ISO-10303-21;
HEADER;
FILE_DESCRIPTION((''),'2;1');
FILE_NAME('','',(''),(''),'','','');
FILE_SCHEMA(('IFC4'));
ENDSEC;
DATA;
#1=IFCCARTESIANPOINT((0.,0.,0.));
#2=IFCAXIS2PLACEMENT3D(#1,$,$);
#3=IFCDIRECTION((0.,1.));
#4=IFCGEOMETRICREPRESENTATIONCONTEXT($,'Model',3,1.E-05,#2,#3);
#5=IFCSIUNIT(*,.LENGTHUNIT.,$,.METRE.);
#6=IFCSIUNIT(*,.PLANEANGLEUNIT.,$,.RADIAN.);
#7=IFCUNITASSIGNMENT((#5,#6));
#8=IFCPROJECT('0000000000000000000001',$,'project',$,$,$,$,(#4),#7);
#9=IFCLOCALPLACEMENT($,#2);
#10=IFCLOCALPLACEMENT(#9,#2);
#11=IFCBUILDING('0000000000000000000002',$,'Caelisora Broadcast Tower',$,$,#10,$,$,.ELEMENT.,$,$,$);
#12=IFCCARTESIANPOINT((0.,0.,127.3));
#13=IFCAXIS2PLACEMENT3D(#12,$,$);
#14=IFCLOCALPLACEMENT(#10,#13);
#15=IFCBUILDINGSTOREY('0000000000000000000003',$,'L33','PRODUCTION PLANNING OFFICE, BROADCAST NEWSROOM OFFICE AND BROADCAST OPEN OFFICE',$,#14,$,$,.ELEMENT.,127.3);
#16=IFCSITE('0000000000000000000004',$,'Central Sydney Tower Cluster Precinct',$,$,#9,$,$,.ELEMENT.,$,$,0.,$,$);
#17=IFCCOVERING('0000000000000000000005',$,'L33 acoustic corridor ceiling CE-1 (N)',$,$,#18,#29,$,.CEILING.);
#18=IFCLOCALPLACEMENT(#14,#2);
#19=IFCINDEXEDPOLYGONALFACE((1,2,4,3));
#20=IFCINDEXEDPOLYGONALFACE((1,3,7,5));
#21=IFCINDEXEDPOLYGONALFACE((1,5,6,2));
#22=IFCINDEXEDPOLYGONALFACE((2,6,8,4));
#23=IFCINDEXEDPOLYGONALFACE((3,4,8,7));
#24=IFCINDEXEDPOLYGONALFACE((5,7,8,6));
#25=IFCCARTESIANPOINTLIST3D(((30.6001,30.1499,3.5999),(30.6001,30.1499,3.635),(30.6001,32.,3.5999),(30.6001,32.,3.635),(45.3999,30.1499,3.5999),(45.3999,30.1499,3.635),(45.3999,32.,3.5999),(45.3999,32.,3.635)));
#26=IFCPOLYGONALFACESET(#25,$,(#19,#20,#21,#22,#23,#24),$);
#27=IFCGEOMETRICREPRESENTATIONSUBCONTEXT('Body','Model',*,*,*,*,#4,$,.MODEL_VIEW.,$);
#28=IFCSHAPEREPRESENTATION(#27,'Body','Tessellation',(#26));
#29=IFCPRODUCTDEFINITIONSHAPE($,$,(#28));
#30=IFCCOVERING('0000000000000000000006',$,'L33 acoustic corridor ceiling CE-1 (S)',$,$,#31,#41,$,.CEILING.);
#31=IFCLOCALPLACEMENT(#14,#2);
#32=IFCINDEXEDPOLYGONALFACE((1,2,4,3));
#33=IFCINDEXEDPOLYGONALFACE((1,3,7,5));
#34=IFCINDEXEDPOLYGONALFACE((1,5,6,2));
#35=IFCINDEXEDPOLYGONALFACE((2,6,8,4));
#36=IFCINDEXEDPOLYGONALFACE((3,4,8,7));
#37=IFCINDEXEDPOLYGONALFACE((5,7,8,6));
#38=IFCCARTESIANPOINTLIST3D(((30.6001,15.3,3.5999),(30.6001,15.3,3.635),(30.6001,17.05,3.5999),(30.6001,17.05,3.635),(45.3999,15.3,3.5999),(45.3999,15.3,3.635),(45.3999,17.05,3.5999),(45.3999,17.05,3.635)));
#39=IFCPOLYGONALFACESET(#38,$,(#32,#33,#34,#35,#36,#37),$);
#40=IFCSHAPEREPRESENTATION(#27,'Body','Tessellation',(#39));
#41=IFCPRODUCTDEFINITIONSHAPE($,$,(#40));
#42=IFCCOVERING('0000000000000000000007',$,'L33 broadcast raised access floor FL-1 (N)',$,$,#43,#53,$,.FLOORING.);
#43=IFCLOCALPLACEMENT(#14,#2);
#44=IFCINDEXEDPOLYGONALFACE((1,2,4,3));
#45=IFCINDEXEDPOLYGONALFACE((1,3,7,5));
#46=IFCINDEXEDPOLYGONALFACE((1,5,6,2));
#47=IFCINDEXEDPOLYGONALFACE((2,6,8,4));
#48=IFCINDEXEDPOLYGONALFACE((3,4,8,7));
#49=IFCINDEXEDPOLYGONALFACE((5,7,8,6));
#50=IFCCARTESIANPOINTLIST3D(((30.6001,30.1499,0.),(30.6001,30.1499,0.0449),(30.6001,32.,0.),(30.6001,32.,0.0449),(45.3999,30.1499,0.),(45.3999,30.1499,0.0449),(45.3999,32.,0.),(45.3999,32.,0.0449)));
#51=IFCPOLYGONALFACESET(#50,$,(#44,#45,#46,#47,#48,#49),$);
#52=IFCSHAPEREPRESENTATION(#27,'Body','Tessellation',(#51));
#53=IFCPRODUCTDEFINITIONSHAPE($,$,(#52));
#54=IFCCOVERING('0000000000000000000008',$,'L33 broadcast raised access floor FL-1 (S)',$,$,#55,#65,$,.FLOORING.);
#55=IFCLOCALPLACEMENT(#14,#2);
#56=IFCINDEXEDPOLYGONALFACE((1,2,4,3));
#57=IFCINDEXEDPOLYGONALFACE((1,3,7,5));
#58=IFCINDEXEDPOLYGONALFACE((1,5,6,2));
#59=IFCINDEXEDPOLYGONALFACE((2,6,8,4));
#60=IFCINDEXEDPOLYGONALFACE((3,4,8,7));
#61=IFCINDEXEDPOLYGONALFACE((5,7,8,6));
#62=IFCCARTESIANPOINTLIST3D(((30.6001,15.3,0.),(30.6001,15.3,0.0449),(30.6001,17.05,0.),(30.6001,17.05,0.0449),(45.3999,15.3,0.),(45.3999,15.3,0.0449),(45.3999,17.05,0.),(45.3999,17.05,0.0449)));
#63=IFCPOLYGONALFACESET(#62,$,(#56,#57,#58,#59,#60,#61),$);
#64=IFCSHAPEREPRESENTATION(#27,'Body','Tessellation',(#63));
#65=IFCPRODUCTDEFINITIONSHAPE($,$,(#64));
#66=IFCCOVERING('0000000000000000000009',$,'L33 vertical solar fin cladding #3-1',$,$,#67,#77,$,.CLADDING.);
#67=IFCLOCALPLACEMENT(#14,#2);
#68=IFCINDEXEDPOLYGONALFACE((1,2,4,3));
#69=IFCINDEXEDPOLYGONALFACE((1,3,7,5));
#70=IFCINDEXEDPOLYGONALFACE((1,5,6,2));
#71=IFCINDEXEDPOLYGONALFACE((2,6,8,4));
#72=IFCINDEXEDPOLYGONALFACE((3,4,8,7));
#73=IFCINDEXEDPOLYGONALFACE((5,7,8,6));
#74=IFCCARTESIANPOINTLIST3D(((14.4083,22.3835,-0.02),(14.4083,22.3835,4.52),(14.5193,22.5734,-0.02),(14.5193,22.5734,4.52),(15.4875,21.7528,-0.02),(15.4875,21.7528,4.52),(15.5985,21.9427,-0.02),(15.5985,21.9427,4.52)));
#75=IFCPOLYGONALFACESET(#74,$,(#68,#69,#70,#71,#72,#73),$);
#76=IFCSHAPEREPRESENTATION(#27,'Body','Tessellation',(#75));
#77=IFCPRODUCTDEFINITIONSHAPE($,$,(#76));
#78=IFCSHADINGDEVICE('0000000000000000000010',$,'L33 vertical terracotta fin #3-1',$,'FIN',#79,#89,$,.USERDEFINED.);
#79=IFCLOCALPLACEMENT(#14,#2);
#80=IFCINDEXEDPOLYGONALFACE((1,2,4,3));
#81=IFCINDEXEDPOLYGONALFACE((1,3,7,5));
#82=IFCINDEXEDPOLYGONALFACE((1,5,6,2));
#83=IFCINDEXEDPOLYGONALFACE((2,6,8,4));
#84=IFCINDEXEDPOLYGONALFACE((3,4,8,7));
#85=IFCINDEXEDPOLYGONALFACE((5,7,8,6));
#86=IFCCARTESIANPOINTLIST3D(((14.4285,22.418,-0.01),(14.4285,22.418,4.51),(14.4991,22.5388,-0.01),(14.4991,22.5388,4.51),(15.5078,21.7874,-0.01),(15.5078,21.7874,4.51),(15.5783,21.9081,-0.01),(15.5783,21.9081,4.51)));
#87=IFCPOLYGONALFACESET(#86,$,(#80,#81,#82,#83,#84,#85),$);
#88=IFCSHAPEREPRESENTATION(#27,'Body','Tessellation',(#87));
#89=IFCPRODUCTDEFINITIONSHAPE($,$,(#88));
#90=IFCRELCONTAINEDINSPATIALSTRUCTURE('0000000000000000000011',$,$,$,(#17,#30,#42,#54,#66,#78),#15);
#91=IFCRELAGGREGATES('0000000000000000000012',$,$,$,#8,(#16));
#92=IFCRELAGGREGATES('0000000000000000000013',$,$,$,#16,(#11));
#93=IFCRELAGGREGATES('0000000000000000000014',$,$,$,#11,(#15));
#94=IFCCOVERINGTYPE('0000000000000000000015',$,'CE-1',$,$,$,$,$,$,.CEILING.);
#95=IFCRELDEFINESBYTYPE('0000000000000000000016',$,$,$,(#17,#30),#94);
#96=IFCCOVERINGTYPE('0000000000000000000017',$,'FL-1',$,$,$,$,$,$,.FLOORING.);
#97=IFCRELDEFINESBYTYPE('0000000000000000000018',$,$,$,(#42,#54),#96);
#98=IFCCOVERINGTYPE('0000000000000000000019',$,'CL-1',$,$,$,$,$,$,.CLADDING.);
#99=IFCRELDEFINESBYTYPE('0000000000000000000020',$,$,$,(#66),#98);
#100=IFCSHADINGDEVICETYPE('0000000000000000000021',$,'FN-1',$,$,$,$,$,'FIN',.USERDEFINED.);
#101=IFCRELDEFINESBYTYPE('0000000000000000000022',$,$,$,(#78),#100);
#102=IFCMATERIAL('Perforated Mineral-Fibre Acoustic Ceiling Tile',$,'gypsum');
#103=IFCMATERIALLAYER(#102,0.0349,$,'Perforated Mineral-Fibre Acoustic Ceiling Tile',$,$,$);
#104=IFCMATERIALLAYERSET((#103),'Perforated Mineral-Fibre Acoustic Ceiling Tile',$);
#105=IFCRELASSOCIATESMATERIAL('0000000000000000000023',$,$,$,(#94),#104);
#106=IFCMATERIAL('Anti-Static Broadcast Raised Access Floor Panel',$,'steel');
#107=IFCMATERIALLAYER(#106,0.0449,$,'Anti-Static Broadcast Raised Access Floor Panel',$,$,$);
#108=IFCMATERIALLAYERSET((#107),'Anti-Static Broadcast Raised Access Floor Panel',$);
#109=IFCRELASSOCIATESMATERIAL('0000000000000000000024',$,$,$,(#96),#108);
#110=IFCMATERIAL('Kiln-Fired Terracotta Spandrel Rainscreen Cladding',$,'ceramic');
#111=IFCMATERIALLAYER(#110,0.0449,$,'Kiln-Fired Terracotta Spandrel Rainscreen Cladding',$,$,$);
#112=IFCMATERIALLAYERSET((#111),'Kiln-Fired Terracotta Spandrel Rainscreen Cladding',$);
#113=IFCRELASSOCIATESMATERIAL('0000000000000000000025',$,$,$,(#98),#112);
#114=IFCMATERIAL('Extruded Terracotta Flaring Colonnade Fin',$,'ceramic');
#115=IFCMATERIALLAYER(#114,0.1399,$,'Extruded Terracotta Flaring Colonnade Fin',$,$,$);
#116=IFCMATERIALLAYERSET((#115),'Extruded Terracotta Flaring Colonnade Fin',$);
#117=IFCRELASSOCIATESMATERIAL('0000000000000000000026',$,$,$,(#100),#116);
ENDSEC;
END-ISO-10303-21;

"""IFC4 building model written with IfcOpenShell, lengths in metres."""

from ifc_helpers import new_model, si_unit, direction, frame, origin, origin_2d, place, context, subcontext, project, spatial, polyline, rectangle, outline, extrude, source, transform, mapped, material, layer, layer_set, type_object, type_shapes, element, save


model = new_model("IFC4")

# Units and contexts
model_context = context("Model", 3, precision=1e-05, world=origin(), true_north=direction((0.0, 1.0)))
body_context = subcontext(model_context, "Body", "Model", "MODEL_VIEW")
ifc_project = project(units=[si_unit("LENGTHUNIT", "METRE"), si_unit("PLANEANGLEUNIT", "RADIAN")], contexts=[model_context])

# Site, building, storey
site_placement = place(None, origin())
site = spatial("IfcSite", under=ifc_project, at=site_placement, Name="Central Sydney Tower Cluster Precinct", CompositionType="ELEMENT", RefElevation=0.0)
building_placement = place(site_placement, origin())
building = spatial("IfcBuilding", under=site, at=building_placement, Name="Caelisora Broadcast Tower", CompositionType="ELEMENT")
storey_placement = place(building_placement, frame((0.0, 0.0, 127.3)))
storey = spatial("IfcBuildingStorey", under=building, at=storey_placement, Name="L33", Description="PRODUCTION PLANNING OFFICE, BROADCAST NEWSROOM OFFICE AND BROADCAST OPEN OFFICE", CompositionType="ELEMENT", Elevation=127.3)

# Coverings
ifc_material_1 = material(Name="Perforated Mineral-Fibre Acoustic Ceiling Tile", Category="gypsum")
ifc_layer_1 = layer(ifc_material_1, 0.0349, Name="Perforated Mineral-Fibre Acoustic Ceiling Tile")
ifc_layer_set_1 = layer_set([ifc_layer_1], Name="Perforated Mineral-Fibre Acoustic Ceiling Tile")
covering_type_1 = type_object("IfcCoveringType", Name="CE-1", PredefinedType="CEILING", material=ifc_layer_set_1)
covering_1_placement = place(storey_placement, frame((0.0, 0.0, 3.5999)))
element("IfcCovering", 1, at=covering_1_placement, inside=storey, type_object=covering_type_1, Name="L33 acoustic corridor ceiling CE-1 (N)", PredefinedType="CEILING", context=body_context, shape_type="SweptSolid", body=[
    extrude(outline(polyline([(30.6001, 30.1499), (45.3999, 30.1499), (45.3999, 32.0), (30.6001, 32.0), (30.6001, 30.1499)])), origin(), (0.0, 0.0, 1.0), 0.0352),
])
covering_2_placement = place(storey_placement, frame((0.0, 0.0, 3.5999)))
element("IfcCovering", 2, at=covering_2_placement, inside=storey, type_object=covering_type_1, Name="L33 acoustic corridor ceiling CE-1 (S)", PredefinedType="CEILING", context=body_context, shape_type="SweptSolid", body=[
    extrude(outline(polyline([(30.6001, 15.3), (45.3999, 15.3), (45.3999, 17.05), (30.6001, 17.05), (30.6001, 15.3)])), origin(), (0.0, 0.0, 1.0), 0.0352),
])
ifc_material_2 = material(Name="Anti-Static Broadcast Raised Access Floor Panel", Category="steel")
ifc_layer_2 = layer(ifc_material_2, 0.0449, Name="Anti-Static Broadcast Raised Access Floor Panel")
ifc_layer_set_2 = layer_set([ifc_layer_2], Name="Anti-Static Broadcast Raised Access Floor Panel")
covering_type_2 = type_object("IfcCoveringType", Name="FL-1", PredefinedType="FLOORING", material=ifc_layer_set_2)
covering_3_placement = place(storey_placement, origin())
element("IfcCovering", 3, at=covering_3_placement, inside=storey, type_object=covering_type_2, Name="L33 broadcast raised access floor FL-1 (N)", PredefinedType="FLOORING", context=body_context, shape_type="SweptSolid", body=[
    extrude(outline(polyline([(30.6001, 30.1499), (45.3999, 30.1499), (45.3999, 32.0), (30.6001, 32.0), (30.6001, 30.1499)])), origin(), (0.0, 0.0, 1.0), 0.0449),
])
covering_4_placement = place(storey_placement, origin())
element("IfcCovering", 4, at=covering_4_placement, inside=storey, type_object=covering_type_2, Name="L33 broadcast raised access floor FL-1 (S)", PredefinedType="FLOORING", context=body_context, shape_type="SweptSolid", body=[
    extrude(outline(polyline([(30.6001, 15.3), (45.3999, 15.3), (45.3999, 17.05), (30.6001, 17.05), (30.6001, 15.3)])), origin(), (0.0, 0.0, 1.0), 0.0449),
])
ifc_material_3 = material(Name="Kiln-Fired Terracotta Spandrel Rainscreen Cladding", Category="ceramic")
ifc_layer_3 = layer(ifc_material_3, 0.0449, Name="Kiln-Fired Terracotta Spandrel Rainscreen Cladding")
ifc_layer_set_3 = layer_set([ifc_layer_3], Name="Kiln-Fired Terracotta Spandrel Rainscreen Cladding")
covering_type_3 = type_object("IfcCoveringType", Name="CL-1", PredefinedType="CLADDING", material=ifc_layer_set_3)
shared_shape_1 = source(origin(), body_context, "Body", "SweptSolid", [
    extrude(rectangle(XDim=0.22, YDim=1.25, at=origin_2d()), origin(), (0.0, 0.0, 1.0), 4.54),
])
type_shapes(covering_type_3, [shared_shape_1])
covering_5_placement = place(storey_placement, frame((15.0034, 22.1631, -0.02), z_axis=(0.0, 0.0, 1.0), x_axis=(0.504528, 0.863396, 0.0)))
element("IfcCovering", 5, at=covering_5_placement, inside=storey, type_object=covering_type_3, Name="L33 vertical solar fin cladding #3-1", PredefinedType="CLADDING", context=body_context, shape_type="MappedRepresentation", body=[
    mapped(shared_shape_1, transform((0.0, 0.0, 0.0), scale=1.0)),
])

# Shading device
ifc_material_4 = material(Name="Extruded Terracotta Flaring Colonnade Fin", Category="ceramic")
ifc_layer_4 = layer(ifc_material_4, 0.1399, Name="Extruded Terracotta Flaring Colonnade Fin")
ifc_layer_set_4 = layer_set([ifc_layer_4], Name="Extruded Terracotta Flaring Colonnade Fin")
shading_device_type = type_object("IfcShadingDeviceType", Name="FN-1", ElementType="FIN", PredefinedType="USERDEFINED", material=ifc_layer_set_4)
shared_shape_2 = source(origin(), body_context, "Body", "SweptSolid", [
    extrude(rectangle(XDim=0.1399, YDim=1.25, at=origin_2d()), origin(), (0.0, 0.0, 1.0), 4.52),
])
type_shapes(shading_device_type, [shared_shape_2])
shading_device_placement = place(storey_placement, frame((15.0034, 22.1631, -0.01), z_axis=(0.0, 0.0, 1.0), x_axis=(0.504528, 0.863396, 0.0)))
element("IfcShadingDevice", 6, at=shading_device_placement, inside=storey, type_object=shading_device_type, Name="L33 vertical terracotta fin #3-1", ObjectType="FIN", PredefinedType="USERDEFINED", context=body_context, shape_type="MappedRepresentation", body=[
    mapped(shared_shape_2, transform((0.0, 0.0, 0.0), scale=1.0)),
])

save(model, "model.ifc")
